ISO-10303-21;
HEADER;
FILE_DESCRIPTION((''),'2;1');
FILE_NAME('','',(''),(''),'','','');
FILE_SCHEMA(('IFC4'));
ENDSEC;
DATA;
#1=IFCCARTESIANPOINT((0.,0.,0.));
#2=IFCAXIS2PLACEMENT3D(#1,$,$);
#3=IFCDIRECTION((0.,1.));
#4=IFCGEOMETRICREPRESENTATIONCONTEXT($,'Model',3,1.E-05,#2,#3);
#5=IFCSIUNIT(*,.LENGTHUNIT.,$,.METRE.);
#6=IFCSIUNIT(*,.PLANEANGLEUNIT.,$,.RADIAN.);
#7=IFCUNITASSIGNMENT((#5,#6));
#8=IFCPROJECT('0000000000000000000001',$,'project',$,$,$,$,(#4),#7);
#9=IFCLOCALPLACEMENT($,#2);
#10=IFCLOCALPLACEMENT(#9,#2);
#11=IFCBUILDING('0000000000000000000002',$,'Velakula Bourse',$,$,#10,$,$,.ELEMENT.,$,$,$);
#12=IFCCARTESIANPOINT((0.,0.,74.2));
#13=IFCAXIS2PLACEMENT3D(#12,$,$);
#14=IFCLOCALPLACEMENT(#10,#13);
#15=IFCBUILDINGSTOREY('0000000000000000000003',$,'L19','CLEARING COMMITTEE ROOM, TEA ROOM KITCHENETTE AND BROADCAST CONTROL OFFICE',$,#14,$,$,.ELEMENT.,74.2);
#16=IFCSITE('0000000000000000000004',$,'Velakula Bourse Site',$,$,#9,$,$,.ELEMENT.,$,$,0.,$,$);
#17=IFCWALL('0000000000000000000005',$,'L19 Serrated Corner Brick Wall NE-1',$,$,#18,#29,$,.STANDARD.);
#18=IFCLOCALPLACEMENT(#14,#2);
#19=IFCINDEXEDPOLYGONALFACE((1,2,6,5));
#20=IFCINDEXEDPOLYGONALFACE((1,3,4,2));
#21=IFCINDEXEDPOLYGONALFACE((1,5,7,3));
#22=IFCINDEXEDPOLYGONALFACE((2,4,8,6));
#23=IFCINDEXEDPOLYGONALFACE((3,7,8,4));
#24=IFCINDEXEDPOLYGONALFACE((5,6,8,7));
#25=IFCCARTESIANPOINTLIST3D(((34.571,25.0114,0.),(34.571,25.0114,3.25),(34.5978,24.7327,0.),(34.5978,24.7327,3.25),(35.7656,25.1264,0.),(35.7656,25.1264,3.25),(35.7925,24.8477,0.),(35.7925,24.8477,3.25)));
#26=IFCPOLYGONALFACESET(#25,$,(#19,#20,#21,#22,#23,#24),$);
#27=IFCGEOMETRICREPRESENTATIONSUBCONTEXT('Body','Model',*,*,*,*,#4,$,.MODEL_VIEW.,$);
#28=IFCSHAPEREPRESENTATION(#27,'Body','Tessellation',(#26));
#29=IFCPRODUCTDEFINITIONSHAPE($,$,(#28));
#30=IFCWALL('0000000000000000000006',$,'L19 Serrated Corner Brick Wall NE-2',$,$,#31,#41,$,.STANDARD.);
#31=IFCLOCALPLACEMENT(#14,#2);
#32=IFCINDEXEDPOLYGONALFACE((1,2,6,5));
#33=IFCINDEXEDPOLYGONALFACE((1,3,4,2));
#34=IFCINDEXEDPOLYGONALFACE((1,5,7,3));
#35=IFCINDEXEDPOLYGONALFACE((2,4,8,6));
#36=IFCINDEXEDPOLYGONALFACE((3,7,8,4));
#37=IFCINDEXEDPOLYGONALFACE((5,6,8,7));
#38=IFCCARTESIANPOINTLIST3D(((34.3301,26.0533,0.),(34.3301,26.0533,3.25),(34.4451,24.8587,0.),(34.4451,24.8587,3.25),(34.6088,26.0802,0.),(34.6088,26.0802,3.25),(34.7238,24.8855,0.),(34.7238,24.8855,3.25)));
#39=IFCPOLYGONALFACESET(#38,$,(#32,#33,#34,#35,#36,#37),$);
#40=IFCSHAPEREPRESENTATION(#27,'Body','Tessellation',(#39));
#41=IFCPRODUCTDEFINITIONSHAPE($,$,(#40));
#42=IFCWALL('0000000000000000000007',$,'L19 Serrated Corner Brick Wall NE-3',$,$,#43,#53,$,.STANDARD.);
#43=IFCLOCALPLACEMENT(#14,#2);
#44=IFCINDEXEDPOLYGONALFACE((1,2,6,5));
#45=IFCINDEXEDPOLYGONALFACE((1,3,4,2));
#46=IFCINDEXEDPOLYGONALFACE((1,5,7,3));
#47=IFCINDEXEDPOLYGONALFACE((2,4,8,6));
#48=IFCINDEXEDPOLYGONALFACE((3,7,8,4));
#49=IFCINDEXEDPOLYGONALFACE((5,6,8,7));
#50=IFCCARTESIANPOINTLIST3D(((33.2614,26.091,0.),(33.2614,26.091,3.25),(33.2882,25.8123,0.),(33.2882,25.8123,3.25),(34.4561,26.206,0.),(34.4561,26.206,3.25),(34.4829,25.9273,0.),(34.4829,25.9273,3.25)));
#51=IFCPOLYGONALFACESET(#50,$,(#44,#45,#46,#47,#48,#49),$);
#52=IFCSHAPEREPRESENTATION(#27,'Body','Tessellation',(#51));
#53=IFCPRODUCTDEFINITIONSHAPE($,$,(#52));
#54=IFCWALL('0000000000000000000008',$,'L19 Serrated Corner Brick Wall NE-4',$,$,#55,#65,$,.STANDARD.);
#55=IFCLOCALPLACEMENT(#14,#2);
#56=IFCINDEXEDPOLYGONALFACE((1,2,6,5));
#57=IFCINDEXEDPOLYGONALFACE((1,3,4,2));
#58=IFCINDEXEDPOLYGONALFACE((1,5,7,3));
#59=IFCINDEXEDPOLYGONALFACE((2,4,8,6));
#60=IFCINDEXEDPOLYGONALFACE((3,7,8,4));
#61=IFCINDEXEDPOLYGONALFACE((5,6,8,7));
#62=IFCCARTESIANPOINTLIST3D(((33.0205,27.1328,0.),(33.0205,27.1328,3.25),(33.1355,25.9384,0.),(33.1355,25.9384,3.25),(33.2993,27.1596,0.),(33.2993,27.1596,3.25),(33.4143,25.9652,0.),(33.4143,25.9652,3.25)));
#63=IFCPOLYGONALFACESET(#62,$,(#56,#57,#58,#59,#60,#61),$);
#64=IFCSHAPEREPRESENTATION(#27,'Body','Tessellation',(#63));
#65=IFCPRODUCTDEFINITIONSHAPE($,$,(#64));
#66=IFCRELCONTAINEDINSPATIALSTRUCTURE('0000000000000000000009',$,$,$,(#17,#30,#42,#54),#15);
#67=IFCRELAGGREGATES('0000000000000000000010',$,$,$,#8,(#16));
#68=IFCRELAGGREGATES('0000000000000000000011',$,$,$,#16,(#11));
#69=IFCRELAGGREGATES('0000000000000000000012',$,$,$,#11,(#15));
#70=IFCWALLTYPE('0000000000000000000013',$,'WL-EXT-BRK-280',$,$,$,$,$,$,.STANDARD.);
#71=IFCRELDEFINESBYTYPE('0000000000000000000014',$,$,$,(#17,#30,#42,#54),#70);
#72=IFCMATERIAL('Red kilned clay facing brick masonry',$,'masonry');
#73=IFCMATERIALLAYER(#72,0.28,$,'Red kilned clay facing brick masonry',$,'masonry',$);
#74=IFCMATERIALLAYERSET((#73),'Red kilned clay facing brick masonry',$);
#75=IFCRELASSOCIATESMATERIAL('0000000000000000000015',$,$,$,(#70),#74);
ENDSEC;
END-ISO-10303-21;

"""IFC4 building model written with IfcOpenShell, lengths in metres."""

from ifc_helpers import new_model, si_unit, direction, frame, frame_2d, origin, place, context, subcontext, project, spatial, rectangle, extrude, material, layer, layer_set, type_object, element, save


model = new_model("IFC4")

# Units and contexts
model_context = context("Model", 3, precision=1e-05, world=origin(), true_north=direction((0.0, 1.0)))
body_context = subcontext(model_context, "Body", "Model", "MODEL_VIEW")
ifc_project = project(units=[si_unit("LENGTHUNIT", "METRE"), si_unit("PLANEANGLEUNIT", "RADIAN")], contexts=[model_context])

# Site, building, storey
site_placement = place(None, origin())
site = spatial("IfcSite", under=ifc_project, at=site_placement, Name="Velakula Bourse Site", CompositionType="ELEMENT", RefElevation=0.0)
building_placement = place(site_placement, origin())
building = spatial("IfcBuilding", under=site, at=building_placement, Name="Velakula Bourse", CompositionType="ELEMENT")
storey_placement = place(building_placement, frame((0.0, 0.0, 74.2)))
storey = spatial("IfcBuildingStorey", under=building, at=storey_placement, Name="L19", Description="CLEARING COMMITTEE ROOM, TEA ROOM KITCHENETTE AND BROADCAST CONTROL OFFICE", CompositionType="ELEMENT", Elevation=74.2)

# Shared definitions
ifc_material_1 = material(Name="Red kilned clay facing brick masonry", Category="masonry")
ifc_layer = layer(ifc_material_1, 0.28, Name="Red kilned clay facing brick masonry", Category="masonry")
ifc_layer_set = layer_set([ifc_layer], Name="Red kilned clay facing brick masonry")
wall_type = type_object("IfcWallType", Name="WL-EXT-BRK-280", PredefinedType="STANDARD", material=ifc_layer_set)

# Walls
for number, where, z_axis, x_axis, name in (
    (1, (35.7791, 24.9871, 0.0), (0.0, 0.0, 1.0), (-0.995399, -0.095817, 0.0), "L19 Serrated Corner Brick Wall NE-1"),
    (2, (34.5845, 24.8721, 0.0), (0.0, 0.0, 1.0), (-0.095817, 0.995399, 0.0), "L19 Serrated Corner Brick Wall NE-2"),
    (3, (34.4695, 26.0667, 0.0), (0.0, 0.0, 1.0), (-0.995399, -0.095817, 0.0), "L19 Serrated Corner Brick Wall NE-3"),
):
    element("IfcWall", number, at=place(storey_placement, frame(where, z_axis=z_axis, x_axis=x_axis)), inside=storey, type_object=wall_type, Name=name, PredefinedType="STANDARD", context=body_context, shape_type="SweptSolid", body=[
        extrude(rectangle(XDim=1.2002, YDim=0.28, at=frame_2d((0.6001, 0.0))), origin(), (0.0, 0.0, 1.0), 3.25),
    ])
wall_1_placement = place(storey_placement, frame((33.2749, 25.9517, 0.0), z_axis=(0.0, 0.0, 1.0), x_axis=(-0.095836, 0.995397, 0.0)))
element("IfcWall", 4, at=wall_1_placement, inside=storey, type_object=wall_type, Name="L19 Serrated Corner Brick Wall NE-4", PredefinedType="STANDARD", context=body_context, shape_type="SweptSolid", body=[
    extrude(rectangle(XDim=1.2, YDim=0.28, at=frame_2d((0.6001, 0.0))), origin(), (0.0, 0.0, 1.0), 3.25),
])

save(model, "model.ifc")
